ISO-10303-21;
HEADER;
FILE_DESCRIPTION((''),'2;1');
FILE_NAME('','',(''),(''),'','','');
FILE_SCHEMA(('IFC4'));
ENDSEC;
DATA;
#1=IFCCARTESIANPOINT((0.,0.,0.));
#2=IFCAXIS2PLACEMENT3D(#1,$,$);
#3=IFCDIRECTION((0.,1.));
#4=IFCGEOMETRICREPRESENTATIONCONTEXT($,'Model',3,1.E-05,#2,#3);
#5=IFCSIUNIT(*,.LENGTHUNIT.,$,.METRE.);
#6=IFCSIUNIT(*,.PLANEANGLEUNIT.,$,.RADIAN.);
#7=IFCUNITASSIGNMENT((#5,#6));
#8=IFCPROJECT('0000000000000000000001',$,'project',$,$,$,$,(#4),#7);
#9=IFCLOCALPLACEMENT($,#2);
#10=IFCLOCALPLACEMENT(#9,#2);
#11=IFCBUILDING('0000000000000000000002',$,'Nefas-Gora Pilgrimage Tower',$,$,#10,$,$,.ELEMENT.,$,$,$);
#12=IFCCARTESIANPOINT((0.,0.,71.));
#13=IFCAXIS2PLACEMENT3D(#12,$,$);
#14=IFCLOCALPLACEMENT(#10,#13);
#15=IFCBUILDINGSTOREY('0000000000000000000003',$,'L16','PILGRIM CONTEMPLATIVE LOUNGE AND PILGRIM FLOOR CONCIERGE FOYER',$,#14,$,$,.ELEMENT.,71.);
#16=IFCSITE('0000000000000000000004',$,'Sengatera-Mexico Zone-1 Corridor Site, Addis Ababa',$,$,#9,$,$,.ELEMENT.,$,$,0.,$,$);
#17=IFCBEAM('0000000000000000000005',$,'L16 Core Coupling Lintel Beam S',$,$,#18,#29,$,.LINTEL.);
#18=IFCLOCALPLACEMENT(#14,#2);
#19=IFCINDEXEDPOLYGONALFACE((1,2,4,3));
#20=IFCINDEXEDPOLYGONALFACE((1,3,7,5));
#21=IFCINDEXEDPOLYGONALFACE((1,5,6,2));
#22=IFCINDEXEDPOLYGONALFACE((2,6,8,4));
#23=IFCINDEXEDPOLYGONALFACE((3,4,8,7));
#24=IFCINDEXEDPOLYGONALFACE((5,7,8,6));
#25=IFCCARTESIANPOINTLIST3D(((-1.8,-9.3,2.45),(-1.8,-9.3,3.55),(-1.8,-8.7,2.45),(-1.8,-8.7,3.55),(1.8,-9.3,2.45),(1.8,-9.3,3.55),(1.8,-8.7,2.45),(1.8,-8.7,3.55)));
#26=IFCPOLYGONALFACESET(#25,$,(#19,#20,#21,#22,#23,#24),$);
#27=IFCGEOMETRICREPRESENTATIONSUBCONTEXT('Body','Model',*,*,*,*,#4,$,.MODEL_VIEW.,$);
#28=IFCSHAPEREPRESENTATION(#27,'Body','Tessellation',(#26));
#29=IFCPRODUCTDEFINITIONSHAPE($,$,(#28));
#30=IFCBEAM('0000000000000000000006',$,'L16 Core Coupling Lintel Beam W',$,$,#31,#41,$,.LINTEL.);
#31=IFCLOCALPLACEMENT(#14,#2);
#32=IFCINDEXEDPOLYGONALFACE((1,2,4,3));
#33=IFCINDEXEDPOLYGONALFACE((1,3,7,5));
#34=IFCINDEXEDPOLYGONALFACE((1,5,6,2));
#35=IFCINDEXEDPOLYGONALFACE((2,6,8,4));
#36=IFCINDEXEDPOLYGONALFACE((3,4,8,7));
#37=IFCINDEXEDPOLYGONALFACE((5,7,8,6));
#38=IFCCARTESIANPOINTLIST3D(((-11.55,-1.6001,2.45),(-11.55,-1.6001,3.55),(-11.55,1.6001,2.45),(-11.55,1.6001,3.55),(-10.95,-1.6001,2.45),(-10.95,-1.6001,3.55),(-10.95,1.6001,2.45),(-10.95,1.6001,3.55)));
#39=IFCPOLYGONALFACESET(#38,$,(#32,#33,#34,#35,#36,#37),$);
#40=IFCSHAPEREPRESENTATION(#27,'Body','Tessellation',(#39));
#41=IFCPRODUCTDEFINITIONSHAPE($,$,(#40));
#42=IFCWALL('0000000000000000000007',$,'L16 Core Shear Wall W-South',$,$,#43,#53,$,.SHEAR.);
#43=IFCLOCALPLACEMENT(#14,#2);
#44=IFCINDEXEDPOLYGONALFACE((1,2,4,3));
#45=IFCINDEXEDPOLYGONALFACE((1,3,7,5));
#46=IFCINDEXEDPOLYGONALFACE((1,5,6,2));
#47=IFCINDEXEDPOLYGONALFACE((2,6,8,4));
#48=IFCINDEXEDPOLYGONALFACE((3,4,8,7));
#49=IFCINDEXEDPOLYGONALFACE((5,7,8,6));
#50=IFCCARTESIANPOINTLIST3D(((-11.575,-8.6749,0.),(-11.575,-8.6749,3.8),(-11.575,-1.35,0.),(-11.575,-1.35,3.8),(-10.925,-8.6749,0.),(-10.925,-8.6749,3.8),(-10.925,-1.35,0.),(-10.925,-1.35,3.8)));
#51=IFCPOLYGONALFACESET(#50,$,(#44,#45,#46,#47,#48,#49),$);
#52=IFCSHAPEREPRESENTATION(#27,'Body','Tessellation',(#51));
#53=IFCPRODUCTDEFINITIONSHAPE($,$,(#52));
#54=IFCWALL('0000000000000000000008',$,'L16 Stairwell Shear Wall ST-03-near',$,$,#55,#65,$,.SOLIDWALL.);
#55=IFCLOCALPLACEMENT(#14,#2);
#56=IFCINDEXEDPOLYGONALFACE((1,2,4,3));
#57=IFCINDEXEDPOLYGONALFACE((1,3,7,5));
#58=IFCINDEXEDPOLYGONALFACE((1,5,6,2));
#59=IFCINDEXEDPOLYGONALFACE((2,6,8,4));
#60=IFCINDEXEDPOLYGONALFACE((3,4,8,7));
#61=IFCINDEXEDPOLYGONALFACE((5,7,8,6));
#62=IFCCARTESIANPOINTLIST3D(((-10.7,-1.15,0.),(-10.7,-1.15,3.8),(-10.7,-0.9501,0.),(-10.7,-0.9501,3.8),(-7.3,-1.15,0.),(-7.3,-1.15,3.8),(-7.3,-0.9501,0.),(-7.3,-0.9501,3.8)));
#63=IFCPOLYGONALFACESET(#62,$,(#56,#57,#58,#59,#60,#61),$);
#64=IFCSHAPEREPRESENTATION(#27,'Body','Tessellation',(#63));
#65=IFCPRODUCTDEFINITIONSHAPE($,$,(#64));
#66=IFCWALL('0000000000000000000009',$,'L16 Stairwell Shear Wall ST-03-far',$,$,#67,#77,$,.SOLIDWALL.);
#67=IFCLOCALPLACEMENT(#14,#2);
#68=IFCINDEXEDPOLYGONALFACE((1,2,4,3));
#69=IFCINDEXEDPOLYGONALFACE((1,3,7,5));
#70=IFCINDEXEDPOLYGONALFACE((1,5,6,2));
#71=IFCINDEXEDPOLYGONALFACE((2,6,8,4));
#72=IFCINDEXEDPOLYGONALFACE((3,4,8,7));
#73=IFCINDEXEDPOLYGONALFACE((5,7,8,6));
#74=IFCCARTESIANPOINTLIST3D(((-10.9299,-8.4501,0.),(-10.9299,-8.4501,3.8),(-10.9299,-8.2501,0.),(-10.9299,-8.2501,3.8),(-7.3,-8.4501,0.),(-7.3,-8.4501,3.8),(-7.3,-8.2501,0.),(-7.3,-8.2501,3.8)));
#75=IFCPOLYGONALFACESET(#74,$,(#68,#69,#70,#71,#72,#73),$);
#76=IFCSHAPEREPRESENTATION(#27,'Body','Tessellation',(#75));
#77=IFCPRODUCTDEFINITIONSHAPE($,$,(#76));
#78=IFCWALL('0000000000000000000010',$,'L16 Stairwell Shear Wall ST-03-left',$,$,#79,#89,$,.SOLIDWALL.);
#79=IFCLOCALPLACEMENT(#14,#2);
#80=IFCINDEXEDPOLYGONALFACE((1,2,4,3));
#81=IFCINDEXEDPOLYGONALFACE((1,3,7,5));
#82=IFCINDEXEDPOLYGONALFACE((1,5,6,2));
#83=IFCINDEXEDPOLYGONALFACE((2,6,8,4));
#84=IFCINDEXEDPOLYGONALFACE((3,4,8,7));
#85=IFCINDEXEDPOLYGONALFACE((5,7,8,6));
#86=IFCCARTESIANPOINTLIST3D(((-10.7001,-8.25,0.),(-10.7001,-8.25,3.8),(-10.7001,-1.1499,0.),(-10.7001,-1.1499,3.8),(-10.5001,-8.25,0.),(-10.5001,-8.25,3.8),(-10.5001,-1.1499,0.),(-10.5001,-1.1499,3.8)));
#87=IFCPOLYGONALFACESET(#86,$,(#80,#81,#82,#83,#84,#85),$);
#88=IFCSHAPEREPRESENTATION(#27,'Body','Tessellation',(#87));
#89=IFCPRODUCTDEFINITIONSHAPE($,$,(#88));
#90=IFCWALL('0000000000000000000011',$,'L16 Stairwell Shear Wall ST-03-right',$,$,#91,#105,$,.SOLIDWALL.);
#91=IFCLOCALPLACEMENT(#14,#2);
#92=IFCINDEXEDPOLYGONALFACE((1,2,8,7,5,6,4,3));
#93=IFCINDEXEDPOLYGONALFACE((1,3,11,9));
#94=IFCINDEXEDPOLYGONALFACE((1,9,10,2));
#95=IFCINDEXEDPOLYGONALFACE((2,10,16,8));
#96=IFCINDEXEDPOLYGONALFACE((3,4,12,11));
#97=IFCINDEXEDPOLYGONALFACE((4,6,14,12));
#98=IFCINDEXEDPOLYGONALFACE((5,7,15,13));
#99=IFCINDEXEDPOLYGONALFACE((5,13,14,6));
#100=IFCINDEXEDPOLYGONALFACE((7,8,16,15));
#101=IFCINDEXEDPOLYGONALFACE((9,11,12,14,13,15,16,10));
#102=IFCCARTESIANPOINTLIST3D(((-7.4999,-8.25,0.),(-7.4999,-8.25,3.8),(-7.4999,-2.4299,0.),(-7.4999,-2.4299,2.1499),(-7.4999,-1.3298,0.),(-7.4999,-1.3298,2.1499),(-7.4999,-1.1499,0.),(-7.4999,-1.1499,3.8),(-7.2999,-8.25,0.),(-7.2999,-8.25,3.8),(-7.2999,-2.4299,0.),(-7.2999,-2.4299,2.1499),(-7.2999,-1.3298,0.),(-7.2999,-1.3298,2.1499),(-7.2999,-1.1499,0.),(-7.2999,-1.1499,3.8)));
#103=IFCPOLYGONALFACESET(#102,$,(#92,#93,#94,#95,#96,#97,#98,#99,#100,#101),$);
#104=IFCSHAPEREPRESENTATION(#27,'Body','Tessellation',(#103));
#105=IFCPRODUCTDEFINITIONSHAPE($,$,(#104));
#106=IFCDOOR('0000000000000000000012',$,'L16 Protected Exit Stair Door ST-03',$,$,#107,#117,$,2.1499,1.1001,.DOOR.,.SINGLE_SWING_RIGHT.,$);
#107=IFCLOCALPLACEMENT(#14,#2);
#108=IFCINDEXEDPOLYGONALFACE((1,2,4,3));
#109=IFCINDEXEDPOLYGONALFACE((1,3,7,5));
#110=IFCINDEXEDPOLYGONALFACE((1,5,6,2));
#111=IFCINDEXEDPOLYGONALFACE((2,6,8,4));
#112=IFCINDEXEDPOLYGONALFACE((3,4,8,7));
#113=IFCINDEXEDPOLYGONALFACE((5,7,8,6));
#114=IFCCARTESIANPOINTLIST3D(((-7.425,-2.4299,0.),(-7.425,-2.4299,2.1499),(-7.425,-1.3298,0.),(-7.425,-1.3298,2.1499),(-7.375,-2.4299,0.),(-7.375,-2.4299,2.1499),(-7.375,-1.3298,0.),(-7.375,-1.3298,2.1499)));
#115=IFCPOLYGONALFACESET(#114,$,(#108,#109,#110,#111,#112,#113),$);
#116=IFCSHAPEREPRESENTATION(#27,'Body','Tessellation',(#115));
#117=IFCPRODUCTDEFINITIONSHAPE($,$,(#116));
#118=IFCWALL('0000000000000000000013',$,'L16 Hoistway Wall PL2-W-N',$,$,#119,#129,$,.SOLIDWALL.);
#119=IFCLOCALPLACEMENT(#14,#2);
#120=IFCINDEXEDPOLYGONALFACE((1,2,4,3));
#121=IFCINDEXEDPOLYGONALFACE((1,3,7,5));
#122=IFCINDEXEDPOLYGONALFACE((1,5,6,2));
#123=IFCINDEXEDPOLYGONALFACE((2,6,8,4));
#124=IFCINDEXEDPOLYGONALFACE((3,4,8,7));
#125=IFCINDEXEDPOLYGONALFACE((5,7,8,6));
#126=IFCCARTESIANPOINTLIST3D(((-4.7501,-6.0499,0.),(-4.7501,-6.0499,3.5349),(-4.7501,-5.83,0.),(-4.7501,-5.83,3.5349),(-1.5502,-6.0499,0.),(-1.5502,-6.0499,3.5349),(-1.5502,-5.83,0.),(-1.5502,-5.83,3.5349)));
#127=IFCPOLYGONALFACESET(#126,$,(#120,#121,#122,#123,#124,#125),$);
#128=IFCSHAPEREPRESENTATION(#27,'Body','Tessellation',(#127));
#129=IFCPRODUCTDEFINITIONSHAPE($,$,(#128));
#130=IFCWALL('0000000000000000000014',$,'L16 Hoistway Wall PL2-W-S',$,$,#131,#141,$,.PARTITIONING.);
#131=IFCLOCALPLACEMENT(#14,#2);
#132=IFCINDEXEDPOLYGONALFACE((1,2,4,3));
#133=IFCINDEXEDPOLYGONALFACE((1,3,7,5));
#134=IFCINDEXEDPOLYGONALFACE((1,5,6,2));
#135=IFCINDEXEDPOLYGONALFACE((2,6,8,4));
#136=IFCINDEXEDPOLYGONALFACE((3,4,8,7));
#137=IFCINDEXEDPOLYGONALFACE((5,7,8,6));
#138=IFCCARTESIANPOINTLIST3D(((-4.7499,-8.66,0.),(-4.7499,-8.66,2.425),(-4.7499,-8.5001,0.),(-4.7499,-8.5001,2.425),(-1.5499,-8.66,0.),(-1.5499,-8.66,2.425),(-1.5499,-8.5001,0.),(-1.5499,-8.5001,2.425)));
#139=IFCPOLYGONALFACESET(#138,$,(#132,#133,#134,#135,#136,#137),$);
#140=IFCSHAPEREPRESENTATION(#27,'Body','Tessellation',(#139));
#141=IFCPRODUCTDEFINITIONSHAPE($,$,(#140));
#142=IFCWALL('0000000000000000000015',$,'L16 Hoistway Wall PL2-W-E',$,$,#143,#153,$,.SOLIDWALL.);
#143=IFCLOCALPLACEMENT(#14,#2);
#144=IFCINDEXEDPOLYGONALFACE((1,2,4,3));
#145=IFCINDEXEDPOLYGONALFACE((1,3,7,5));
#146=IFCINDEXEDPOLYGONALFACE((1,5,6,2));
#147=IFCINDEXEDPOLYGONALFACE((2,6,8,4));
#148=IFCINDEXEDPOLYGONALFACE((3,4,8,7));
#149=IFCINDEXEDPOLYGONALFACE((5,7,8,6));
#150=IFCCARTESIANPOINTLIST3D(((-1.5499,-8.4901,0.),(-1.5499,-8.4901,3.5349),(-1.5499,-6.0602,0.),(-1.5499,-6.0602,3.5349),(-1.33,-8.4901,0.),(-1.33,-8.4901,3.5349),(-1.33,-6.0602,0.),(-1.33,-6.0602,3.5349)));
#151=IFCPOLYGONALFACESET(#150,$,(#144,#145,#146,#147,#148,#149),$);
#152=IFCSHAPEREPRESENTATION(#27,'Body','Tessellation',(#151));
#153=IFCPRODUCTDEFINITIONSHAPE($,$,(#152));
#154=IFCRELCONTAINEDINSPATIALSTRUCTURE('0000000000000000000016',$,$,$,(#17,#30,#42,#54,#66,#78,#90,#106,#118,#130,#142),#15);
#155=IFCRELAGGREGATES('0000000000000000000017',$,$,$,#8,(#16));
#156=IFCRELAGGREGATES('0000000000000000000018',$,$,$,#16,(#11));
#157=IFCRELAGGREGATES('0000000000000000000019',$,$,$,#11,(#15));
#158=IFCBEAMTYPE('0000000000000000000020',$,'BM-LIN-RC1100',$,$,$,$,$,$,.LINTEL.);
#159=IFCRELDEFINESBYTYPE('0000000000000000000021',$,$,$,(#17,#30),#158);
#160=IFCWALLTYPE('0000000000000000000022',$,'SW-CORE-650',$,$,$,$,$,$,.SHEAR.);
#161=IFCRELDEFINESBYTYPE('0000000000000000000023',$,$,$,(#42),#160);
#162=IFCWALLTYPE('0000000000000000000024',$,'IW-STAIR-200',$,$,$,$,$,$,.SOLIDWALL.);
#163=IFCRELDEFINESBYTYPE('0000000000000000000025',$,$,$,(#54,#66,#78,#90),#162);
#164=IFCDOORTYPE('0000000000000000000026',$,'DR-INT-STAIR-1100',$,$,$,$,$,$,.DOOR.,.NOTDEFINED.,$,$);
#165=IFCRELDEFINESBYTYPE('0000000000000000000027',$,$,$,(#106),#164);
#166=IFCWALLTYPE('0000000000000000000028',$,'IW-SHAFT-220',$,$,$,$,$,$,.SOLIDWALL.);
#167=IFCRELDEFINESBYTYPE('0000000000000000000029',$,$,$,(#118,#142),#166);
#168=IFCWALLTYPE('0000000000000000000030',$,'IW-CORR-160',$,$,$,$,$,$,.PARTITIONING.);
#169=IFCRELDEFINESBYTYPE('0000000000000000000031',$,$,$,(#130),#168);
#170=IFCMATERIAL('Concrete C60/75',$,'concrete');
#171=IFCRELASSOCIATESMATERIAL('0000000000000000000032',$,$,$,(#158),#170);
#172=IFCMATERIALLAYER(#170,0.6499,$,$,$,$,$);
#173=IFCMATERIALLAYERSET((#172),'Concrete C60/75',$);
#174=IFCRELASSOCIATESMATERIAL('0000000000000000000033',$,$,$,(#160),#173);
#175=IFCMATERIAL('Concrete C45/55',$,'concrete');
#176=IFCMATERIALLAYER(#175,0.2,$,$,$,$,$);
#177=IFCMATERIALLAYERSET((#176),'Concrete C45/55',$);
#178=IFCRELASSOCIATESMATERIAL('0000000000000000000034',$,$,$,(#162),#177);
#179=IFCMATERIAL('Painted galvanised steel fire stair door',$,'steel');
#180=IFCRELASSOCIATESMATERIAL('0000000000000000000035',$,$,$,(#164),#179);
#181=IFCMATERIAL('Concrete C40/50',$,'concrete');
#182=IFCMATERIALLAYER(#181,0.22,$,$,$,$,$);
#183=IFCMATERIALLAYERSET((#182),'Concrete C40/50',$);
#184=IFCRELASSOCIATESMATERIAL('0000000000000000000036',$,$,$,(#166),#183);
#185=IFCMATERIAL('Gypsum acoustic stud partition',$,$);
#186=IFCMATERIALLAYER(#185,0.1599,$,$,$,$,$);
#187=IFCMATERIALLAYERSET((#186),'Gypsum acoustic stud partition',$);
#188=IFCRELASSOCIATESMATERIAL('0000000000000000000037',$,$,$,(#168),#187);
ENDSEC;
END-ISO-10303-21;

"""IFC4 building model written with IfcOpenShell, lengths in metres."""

from ifc_helpers import new_model, si_unit, direction, frame, frame_2d, origin, origin_2d, place, context, subcontext, project, spatial, rectangle, extrude, source, transform, mapped, material, layer, layer_set, material_profile, profile_set, type_object, element, fill, save


model = new_model("IFC4")

# Units and contexts
model_context = context("Model", 3, precision=1e-05, world=origin(), true_north=direction((0.0, 1.0)))
body_context = subcontext(model_context, "Body", "Model", "MODEL_VIEW")
ifc_project = project(units=[si_unit("LENGTHUNIT", "METRE"), si_unit("PLANEANGLEUNIT", "RADIAN")], contexts=[model_context])

# Site, building, storey
site_placement = place(None, origin())
site = spatial("IfcSite", under=ifc_project, at=site_placement, Name="Sengatera-Mexico Zone-1 Corridor Site, Addis Ababa", CompositionType="ELEMENT", RefElevation=0.0)
building_placement = place(site_placement, origin())
building = spatial("IfcBuilding", under=site, at=building_placement, Name="Nefas-Gora Pilgrimage Tower", CompositionType="ELEMENT")
storey_placement = place(building_placement, frame((0.0, 0.0, 71.0)))
storey = spatial("IfcBuildingStorey", under=building, at=storey_placement, Name="L16", Description="PILGRIM CONTEMPLATIVE LOUNGE AND PILGRIM FLOOR CONCIERGE FOYER", CompositionType="ELEMENT", Elevation=71.0)

# Beams
ifc_material_1 = material(Name="Concrete C60/75", Category="concrete")
ifc_material_profile = material_profile(ifc_material_1, rectangle(XDim=0.6001, YDim=1.1001, at=origin_2d()), Name="RC 600x1100")
ifc_profile_set = profile_set([ifc_material_profile], Name="Concrete C60/75")
beam_type = type_object("IfcBeamType", Name="BM-LIN-RC1100", PredefinedType="LINTEL", material=ifc_profile_set)
shared_shape_1 = source(origin(), body_context, "Body", "SweptSolid", [
    extrude(rectangle(XDim=0.6001, YDim=1.1001, at=origin_2d()), origin(), (0.0, 0.0, 1.0), 3.6001),
])
beam_1_placement = place(storey_placement, frame((-1.8, -9.0, 3.0), z_axis=(1.0, 0.0, 0.0), x_axis=(0.0, 1.0, 0.0)))
element("IfcBeam", 1, at=beam_1_placement, inside=storey, type_object=beam_type, Name="L16 Core Coupling Lintel Beam S", PredefinedType="LINTEL", context=body_context, shape_type="MappedRepresentation", body=[
    mapped(shared_shape_1, transform((0.0, 0.0, 0.0), x_axis=(1.0, 0.0, 0.0), y_axis=(0.0, 1.0, 0.0), z_axis=(0.0, 0.0, 1.0), scale=1.0)),
])
shared_shape_2 = source(origin(), body_context, "Body", "SweptSolid", [
    extrude(rectangle(XDim=0.6001, YDim=1.1001, at=origin_2d()), origin(), (0.0, 0.0, 1.0), 3.2002),
])
beam_2_placement = place(storey_placement, frame((-11.25, -1.6001, 3.0), z_axis=(0.0, 1.0, 0.0), x_axis=(-1.0, 0.0, 0.0)))
element("IfcBeam", 2, at=beam_2_placement, inside=storey, type_object=beam_type, Name="L16 Core Coupling Lintel Beam W", PredefinedType="LINTEL", context=body_context, shape_type="MappedRepresentation", body=[
    mapped(shared_shape_2, transform((0.0, 0.0, 0.0), x_axis=(1.0, 0.0, 0.0), y_axis=(0.0, 1.0, 0.0), z_axis=(0.0, 0.0, 1.0), scale=1.0)),
])

# Walls
ifc_layer_1 = layer(ifc_material_1, 0.6499)
ifc_layer_set_1 = layer_set([ifc_layer_1], Name="Concrete C60/75")
wall_type_1 = type_object("IfcWallType", Name="SW-CORE-650", PredefinedType="SHEAR", material=ifc_layer_set_1)
shared_shape_3 = source(origin(), body_context, "Body", "SweptSolid", [
    extrude(rectangle(XDim=7.325, YDim=0.6499, at=frame_2d((3.6626, 0.0))), origin(), (0.0, 0.0, 1.0), 3.8),
])
wall_1_placement = place(storey_placement, frame((-11.25, -8.675, 0.0), z_axis=(0.0, 0.0, 1.0), x_axis=(0.0, 1.0, 0.0)))
element("IfcWall", 3, at=wall_1_placement, inside=storey, type_object=wall_type_1, Name="L16 Core Shear Wall W-South", PredefinedType="SHEAR", context=body_context, shape_type="MappedRepresentation", body=[
    mapped(shared_shape_3, transform((0.0, 0.0, 0.0), x_axis=(1.0, 0.0, 0.0), y_axis=(0.0, 1.0, 0.0), z_axis=(0.0, 0.0, 1.0), scale=1.0)),
])
ifc_material_2 = material(Name="Concrete C45/55", Category="concrete")
ifc_layer_2 = layer(ifc_material_2, 0.2)
ifc_layer_set_2 = layer_set([ifc_layer_2], Name="Concrete C45/55")
wall_type_2 = type_object("IfcWallType", Name="IW-STAIR-200", PredefinedType="SOLIDWALL", material=ifc_layer_set_2)
shared_shape_4 = source(origin(), body_context, "Body", "SweptSolid", [
    extrude(rectangle(XDim=3.3999, YDim=0.2, at=frame_2d((1.7, 0.0))), origin(), (0.0, 0.0, 1.0), 3.8),
])
wall_2_placement = place(storey_placement, frame((-10.7, -1.05, 0.0), z_axis=(0.0, 0.0, 1.0), x_axis=(1.0, 0.0, 0.0)))
element("IfcWall", 4, at=wall_2_placement, inside=storey, type_object=wall_type_2, Name="L16 Stairwell Shear Wall ST-03-near", PredefinedType="SOLIDWALL", context=body_context, shape_type="MappedRepresentation", body=[
    mapped(shared_shape_4, transform((0.0, 0.0, 0.0), x_axis=(1.0, 0.0, 0.0), y_axis=(0.0, 1.0, 0.0), z_axis=(0.0, 0.0, 1.0), scale=1.0)),
])
shared_shape_5 = source(origin(), body_context, "Body", "SweptSolid", [
    extrude(rectangle(XDim=3.6299, YDim=0.2, at=frame_2d((1.8149, 0.0))), origin(), (0.0, 0.0, 1.0), 3.8),
])
wall_3_placement = place(storey_placement, frame((-10.9299, -8.3501, 0.0), z_axis=(0.0, 0.0, 1.0), x_axis=(1.0, 0.0, 0.0)))
element("IfcWall", 5, at=wall_3_placement, inside=storey, type_object=wall_type_2, Name="L16 Stairwell Shear Wall ST-03-far", PredefinedType="SOLIDWALL", context=body_context, shape_type="MappedRepresentation", body=[
    mapped(shared_shape_5, transform((0.0, 0.0, 0.0), x_axis=(1.0, 0.0, 0.0), y_axis=(0.0, 1.0, 0.0), z_axis=(0.0, 0.0, 1.0), scale=1.0)),
])
shared_shape_6 = source(origin(), body_context, "Body", "SweptSolid", [
    extrude(rectangle(XDim=7.1001, YDim=0.2, at=frame_2d((3.55, 0.0))), origin(), (0.0, 0.0, 1.0), 3.8),
])
wall_4_placement = place(storey_placement, frame((-10.6001, -1.1499, 0.0), z_axis=(0.0, 0.0, 1.0), x_axis=(0.0, -1.0, 0.0)))
element("IfcWall", 6, at=wall_4_placement, inside=storey, type_object=wall_type_2, Name="L16 Stairwell Shear Wall ST-03-left", PredefinedType="SOLIDWALL", context=body_context, shape_type="MappedRepresentation", body=[
    mapped(shared_shape_6, transform((0.0, 0.0, 0.0), x_axis=(1.0, 0.0, 0.0), y_axis=(0.0, 1.0, 0.0), z_axis=(0.0, 0.0, 1.0), scale=1.0)),
])

# Wall, opening, door
wall_5_placement = place(storey_placement, frame((-7.3999, -1.1499, 0.0), z_axis=(0.0, 0.0, 1.0), x_axis=(0.0, -1.0, 0.0)))
wall_5 = element("IfcWall", 7, at=wall_5_placement, inside=storey, type_object=wall_type_2, Name="L16 Stairwell Shear Wall ST-03-right", PredefinedType="SOLIDWALL", context=body_context, shape_type="MappedRepresentation", body=[
    mapped(shared_shape_6, transform((0.0, 0.0, 0.0), x_axis=(1.0, 0.0, 0.0), y_axis=(0.0, 1.0, 0.0), z_axis=(0.0, 0.0, 1.0), scale=1.0)),
])
opening_1_placement = place(wall_5_placement, frame((0.1799, 0.0, 0.0)))
opening_1 = element("IfcOpeningElement", 8, at=opening_1_placement, cuts=wall_5, PredefinedType="OPENING", context=body_context, shape_type="SweptSolid", body=[
    extrude(rectangle(XDim=1.1001, YDim=2.1499, at=frame_2d((0.55, 1.075))), frame((0.0, 0.1099, 0.0), z_axis=(0.0, -1.0, 0.0), x_axis=(1.0, 0.0, 0.0)), (0.0, 0.0, 1.0), 0.22),
])
ifc_material_3 = material(Name="Painted galvanised steel fire stair door", Category="steel")
door_type_1 = type_object("IfcDoorType", Name="DR-INT-STAIR-1100", OperationType="NOTDEFINED", PredefinedType="DOOR", material=ifc_material_3)
shared_shape_7 = source(origin(), body_context, "Body", "SweptSolid", [
    extrude(rectangle(XDim=1.1001, YDim=2.1499, at=frame_2d((0.55, 1.075))), frame((0.0, 0.0249, 0.0), z_axis=(0.0, -1.0, 0.0), x_axis=(1.0, 0.0, 0.0)), (0.0, 0.0, 1.0), 0.05),
])
door_1_placement = place(opening_1_placement, origin())
door_1 = element("IfcDoor", 9, at=door_1_placement, inside=storey, type_object=door_type_1, Name="L16 Protected Exit Stair Door ST-03", OperationType="SINGLE_SWING_RIGHT", OverallHeight=2.1499, OverallWidth=1.1001, PredefinedType="DOOR", context=body_context, shape_type="MappedRepresentation", body=[
    mapped(shared_shape_7, transform((0.0, 0.0, 0.0), x_axis=(1.0, 0.0, 0.0), y_axis=(0.0, 1.0, 0.0), z_axis=(0.0, 0.0, 1.0), scale=1.0)),
])
fill(opening_1, door_1)

# Walls
ifc_material_4 = material(Name="Concrete C40/50", Category="concrete")
ifc_layer_3 = layer(ifc_material_4, 0.22)
ifc_layer_set_3 = layer_set([ifc_layer_3], Name="Concrete C40/50")
wall_type_3 = type_object("IfcWallType", Name="IW-SHAFT-220", PredefinedType="SOLIDWALL", material=ifc_layer_set_3)
shared_shape_8 = source(origin(), body_context, "Body", "SweptSolid", [
    extrude(rectangle(XDim=3.2, YDim=0.22, at=frame_2d((1.6001, 0.0))), origin(), (0.0, 0.0, 1.0), 3.5349),
])
wall_6_placement = place(storey_placement, frame((-1.55, -5.9399, 0.0), z_axis=(0.0, 0.0, 1.0), x_axis=(-1.0, 0.0, 0.0)))
element("IfcWall", 10, at=wall_6_placement, inside=storey, type_object=wall_type_3, Name="L16 Hoistway Wall PL2-W-N", PredefinedType="SOLIDWALL", context=body_context, shape_type="MappedRepresentation", body=[
    mapped(shared_shape_8, transform((0.0, 0.0, 0.0), x_axis=(1.0, 0.0, 0.0), y_axis=(0.0, 1.0, 0.0), z_axis=(0.0, 0.0, 1.0), scale=1.0)),
])
ifc_material_5 = material(Name="Gypsum acoustic stud partition")
ifc_layer_4 = layer(ifc_material_5, 0.1599)
ifc_layer_set_4 = layer_set([ifc_layer_4], Name="Gypsum acoustic stud partition")
wall_type_4 = type_object("IfcWallType", Name="IW-CORR-160", PredefinedType="PARTITIONING", material=ifc_layer_set_4)
shared_shape_9 = source(origin(), body_context, "Body", "SweptSolid", [
    extrude(rectangle(XDim=3.2, YDim=0.1599, at=frame_2d((1.6001, 0.0))), origin(), (0.0, 0.0, 1.0), 2.425),
])
wall_7_placement = place(storey_placement, frame((-4.75, -8.5801, 0.0), z_axis=(0.0, 0.0, 1.0), x_axis=(1.0, 0.0, 0.0)))
element("IfcWall", 11, at=wall_7_placement, inside=storey, type_object=wall_type_4, Name="L16 Hoistway Wall PL2-W-S", PredefinedType="PARTITIONING", context=body_context, shape_type="MappedRepresentation", body=[
    mapped(shared_shape_9, transform((0.0, 0.0, 0.0), x_axis=(1.0, 0.0, 0.0), y_axis=(0.0, 1.0, 0.0), z_axis=(0.0, 0.0, 1.0), scale=1.0)),
])
shared_shape_10 = source(origin(), body_context, "Body", "SweptSolid", [
    extrude(rectangle(XDim=2.4299, YDim=0.22, at=frame_2d((1.2148, 0.0))), origin(), (0.0, 0.0, 1.0), 3.5349),
])
for number, where, z_axis, x_axis, name in (
    (12, (-1.4399, -8.49, 0.0), (0.0, 0.0, 1.0), (0.0, 1.0, 0.0), "L16 Hoistway Wall PL2-W-E"),
):
    element("IfcWall", number, at=place(storey_placement, frame(where, z_axis=z_axis, x_axis=x_axis)), inside=storey, type_object=wall_type_3, Name=name, PredefinedType="SOLIDWALL", context=body_context, shape_type="MappedRepresentation", body=[
        mapped(shared_shape_10, transform((0.0, 0.0, 0.0), x_axis=(1.0, 0.0, 0.0), y_axis=(0.0, 1.0, 0.0), z_axis=(0.0, 0.0, 1.0), scale=1.0)),
    ])

save(model, "model.ifc")
